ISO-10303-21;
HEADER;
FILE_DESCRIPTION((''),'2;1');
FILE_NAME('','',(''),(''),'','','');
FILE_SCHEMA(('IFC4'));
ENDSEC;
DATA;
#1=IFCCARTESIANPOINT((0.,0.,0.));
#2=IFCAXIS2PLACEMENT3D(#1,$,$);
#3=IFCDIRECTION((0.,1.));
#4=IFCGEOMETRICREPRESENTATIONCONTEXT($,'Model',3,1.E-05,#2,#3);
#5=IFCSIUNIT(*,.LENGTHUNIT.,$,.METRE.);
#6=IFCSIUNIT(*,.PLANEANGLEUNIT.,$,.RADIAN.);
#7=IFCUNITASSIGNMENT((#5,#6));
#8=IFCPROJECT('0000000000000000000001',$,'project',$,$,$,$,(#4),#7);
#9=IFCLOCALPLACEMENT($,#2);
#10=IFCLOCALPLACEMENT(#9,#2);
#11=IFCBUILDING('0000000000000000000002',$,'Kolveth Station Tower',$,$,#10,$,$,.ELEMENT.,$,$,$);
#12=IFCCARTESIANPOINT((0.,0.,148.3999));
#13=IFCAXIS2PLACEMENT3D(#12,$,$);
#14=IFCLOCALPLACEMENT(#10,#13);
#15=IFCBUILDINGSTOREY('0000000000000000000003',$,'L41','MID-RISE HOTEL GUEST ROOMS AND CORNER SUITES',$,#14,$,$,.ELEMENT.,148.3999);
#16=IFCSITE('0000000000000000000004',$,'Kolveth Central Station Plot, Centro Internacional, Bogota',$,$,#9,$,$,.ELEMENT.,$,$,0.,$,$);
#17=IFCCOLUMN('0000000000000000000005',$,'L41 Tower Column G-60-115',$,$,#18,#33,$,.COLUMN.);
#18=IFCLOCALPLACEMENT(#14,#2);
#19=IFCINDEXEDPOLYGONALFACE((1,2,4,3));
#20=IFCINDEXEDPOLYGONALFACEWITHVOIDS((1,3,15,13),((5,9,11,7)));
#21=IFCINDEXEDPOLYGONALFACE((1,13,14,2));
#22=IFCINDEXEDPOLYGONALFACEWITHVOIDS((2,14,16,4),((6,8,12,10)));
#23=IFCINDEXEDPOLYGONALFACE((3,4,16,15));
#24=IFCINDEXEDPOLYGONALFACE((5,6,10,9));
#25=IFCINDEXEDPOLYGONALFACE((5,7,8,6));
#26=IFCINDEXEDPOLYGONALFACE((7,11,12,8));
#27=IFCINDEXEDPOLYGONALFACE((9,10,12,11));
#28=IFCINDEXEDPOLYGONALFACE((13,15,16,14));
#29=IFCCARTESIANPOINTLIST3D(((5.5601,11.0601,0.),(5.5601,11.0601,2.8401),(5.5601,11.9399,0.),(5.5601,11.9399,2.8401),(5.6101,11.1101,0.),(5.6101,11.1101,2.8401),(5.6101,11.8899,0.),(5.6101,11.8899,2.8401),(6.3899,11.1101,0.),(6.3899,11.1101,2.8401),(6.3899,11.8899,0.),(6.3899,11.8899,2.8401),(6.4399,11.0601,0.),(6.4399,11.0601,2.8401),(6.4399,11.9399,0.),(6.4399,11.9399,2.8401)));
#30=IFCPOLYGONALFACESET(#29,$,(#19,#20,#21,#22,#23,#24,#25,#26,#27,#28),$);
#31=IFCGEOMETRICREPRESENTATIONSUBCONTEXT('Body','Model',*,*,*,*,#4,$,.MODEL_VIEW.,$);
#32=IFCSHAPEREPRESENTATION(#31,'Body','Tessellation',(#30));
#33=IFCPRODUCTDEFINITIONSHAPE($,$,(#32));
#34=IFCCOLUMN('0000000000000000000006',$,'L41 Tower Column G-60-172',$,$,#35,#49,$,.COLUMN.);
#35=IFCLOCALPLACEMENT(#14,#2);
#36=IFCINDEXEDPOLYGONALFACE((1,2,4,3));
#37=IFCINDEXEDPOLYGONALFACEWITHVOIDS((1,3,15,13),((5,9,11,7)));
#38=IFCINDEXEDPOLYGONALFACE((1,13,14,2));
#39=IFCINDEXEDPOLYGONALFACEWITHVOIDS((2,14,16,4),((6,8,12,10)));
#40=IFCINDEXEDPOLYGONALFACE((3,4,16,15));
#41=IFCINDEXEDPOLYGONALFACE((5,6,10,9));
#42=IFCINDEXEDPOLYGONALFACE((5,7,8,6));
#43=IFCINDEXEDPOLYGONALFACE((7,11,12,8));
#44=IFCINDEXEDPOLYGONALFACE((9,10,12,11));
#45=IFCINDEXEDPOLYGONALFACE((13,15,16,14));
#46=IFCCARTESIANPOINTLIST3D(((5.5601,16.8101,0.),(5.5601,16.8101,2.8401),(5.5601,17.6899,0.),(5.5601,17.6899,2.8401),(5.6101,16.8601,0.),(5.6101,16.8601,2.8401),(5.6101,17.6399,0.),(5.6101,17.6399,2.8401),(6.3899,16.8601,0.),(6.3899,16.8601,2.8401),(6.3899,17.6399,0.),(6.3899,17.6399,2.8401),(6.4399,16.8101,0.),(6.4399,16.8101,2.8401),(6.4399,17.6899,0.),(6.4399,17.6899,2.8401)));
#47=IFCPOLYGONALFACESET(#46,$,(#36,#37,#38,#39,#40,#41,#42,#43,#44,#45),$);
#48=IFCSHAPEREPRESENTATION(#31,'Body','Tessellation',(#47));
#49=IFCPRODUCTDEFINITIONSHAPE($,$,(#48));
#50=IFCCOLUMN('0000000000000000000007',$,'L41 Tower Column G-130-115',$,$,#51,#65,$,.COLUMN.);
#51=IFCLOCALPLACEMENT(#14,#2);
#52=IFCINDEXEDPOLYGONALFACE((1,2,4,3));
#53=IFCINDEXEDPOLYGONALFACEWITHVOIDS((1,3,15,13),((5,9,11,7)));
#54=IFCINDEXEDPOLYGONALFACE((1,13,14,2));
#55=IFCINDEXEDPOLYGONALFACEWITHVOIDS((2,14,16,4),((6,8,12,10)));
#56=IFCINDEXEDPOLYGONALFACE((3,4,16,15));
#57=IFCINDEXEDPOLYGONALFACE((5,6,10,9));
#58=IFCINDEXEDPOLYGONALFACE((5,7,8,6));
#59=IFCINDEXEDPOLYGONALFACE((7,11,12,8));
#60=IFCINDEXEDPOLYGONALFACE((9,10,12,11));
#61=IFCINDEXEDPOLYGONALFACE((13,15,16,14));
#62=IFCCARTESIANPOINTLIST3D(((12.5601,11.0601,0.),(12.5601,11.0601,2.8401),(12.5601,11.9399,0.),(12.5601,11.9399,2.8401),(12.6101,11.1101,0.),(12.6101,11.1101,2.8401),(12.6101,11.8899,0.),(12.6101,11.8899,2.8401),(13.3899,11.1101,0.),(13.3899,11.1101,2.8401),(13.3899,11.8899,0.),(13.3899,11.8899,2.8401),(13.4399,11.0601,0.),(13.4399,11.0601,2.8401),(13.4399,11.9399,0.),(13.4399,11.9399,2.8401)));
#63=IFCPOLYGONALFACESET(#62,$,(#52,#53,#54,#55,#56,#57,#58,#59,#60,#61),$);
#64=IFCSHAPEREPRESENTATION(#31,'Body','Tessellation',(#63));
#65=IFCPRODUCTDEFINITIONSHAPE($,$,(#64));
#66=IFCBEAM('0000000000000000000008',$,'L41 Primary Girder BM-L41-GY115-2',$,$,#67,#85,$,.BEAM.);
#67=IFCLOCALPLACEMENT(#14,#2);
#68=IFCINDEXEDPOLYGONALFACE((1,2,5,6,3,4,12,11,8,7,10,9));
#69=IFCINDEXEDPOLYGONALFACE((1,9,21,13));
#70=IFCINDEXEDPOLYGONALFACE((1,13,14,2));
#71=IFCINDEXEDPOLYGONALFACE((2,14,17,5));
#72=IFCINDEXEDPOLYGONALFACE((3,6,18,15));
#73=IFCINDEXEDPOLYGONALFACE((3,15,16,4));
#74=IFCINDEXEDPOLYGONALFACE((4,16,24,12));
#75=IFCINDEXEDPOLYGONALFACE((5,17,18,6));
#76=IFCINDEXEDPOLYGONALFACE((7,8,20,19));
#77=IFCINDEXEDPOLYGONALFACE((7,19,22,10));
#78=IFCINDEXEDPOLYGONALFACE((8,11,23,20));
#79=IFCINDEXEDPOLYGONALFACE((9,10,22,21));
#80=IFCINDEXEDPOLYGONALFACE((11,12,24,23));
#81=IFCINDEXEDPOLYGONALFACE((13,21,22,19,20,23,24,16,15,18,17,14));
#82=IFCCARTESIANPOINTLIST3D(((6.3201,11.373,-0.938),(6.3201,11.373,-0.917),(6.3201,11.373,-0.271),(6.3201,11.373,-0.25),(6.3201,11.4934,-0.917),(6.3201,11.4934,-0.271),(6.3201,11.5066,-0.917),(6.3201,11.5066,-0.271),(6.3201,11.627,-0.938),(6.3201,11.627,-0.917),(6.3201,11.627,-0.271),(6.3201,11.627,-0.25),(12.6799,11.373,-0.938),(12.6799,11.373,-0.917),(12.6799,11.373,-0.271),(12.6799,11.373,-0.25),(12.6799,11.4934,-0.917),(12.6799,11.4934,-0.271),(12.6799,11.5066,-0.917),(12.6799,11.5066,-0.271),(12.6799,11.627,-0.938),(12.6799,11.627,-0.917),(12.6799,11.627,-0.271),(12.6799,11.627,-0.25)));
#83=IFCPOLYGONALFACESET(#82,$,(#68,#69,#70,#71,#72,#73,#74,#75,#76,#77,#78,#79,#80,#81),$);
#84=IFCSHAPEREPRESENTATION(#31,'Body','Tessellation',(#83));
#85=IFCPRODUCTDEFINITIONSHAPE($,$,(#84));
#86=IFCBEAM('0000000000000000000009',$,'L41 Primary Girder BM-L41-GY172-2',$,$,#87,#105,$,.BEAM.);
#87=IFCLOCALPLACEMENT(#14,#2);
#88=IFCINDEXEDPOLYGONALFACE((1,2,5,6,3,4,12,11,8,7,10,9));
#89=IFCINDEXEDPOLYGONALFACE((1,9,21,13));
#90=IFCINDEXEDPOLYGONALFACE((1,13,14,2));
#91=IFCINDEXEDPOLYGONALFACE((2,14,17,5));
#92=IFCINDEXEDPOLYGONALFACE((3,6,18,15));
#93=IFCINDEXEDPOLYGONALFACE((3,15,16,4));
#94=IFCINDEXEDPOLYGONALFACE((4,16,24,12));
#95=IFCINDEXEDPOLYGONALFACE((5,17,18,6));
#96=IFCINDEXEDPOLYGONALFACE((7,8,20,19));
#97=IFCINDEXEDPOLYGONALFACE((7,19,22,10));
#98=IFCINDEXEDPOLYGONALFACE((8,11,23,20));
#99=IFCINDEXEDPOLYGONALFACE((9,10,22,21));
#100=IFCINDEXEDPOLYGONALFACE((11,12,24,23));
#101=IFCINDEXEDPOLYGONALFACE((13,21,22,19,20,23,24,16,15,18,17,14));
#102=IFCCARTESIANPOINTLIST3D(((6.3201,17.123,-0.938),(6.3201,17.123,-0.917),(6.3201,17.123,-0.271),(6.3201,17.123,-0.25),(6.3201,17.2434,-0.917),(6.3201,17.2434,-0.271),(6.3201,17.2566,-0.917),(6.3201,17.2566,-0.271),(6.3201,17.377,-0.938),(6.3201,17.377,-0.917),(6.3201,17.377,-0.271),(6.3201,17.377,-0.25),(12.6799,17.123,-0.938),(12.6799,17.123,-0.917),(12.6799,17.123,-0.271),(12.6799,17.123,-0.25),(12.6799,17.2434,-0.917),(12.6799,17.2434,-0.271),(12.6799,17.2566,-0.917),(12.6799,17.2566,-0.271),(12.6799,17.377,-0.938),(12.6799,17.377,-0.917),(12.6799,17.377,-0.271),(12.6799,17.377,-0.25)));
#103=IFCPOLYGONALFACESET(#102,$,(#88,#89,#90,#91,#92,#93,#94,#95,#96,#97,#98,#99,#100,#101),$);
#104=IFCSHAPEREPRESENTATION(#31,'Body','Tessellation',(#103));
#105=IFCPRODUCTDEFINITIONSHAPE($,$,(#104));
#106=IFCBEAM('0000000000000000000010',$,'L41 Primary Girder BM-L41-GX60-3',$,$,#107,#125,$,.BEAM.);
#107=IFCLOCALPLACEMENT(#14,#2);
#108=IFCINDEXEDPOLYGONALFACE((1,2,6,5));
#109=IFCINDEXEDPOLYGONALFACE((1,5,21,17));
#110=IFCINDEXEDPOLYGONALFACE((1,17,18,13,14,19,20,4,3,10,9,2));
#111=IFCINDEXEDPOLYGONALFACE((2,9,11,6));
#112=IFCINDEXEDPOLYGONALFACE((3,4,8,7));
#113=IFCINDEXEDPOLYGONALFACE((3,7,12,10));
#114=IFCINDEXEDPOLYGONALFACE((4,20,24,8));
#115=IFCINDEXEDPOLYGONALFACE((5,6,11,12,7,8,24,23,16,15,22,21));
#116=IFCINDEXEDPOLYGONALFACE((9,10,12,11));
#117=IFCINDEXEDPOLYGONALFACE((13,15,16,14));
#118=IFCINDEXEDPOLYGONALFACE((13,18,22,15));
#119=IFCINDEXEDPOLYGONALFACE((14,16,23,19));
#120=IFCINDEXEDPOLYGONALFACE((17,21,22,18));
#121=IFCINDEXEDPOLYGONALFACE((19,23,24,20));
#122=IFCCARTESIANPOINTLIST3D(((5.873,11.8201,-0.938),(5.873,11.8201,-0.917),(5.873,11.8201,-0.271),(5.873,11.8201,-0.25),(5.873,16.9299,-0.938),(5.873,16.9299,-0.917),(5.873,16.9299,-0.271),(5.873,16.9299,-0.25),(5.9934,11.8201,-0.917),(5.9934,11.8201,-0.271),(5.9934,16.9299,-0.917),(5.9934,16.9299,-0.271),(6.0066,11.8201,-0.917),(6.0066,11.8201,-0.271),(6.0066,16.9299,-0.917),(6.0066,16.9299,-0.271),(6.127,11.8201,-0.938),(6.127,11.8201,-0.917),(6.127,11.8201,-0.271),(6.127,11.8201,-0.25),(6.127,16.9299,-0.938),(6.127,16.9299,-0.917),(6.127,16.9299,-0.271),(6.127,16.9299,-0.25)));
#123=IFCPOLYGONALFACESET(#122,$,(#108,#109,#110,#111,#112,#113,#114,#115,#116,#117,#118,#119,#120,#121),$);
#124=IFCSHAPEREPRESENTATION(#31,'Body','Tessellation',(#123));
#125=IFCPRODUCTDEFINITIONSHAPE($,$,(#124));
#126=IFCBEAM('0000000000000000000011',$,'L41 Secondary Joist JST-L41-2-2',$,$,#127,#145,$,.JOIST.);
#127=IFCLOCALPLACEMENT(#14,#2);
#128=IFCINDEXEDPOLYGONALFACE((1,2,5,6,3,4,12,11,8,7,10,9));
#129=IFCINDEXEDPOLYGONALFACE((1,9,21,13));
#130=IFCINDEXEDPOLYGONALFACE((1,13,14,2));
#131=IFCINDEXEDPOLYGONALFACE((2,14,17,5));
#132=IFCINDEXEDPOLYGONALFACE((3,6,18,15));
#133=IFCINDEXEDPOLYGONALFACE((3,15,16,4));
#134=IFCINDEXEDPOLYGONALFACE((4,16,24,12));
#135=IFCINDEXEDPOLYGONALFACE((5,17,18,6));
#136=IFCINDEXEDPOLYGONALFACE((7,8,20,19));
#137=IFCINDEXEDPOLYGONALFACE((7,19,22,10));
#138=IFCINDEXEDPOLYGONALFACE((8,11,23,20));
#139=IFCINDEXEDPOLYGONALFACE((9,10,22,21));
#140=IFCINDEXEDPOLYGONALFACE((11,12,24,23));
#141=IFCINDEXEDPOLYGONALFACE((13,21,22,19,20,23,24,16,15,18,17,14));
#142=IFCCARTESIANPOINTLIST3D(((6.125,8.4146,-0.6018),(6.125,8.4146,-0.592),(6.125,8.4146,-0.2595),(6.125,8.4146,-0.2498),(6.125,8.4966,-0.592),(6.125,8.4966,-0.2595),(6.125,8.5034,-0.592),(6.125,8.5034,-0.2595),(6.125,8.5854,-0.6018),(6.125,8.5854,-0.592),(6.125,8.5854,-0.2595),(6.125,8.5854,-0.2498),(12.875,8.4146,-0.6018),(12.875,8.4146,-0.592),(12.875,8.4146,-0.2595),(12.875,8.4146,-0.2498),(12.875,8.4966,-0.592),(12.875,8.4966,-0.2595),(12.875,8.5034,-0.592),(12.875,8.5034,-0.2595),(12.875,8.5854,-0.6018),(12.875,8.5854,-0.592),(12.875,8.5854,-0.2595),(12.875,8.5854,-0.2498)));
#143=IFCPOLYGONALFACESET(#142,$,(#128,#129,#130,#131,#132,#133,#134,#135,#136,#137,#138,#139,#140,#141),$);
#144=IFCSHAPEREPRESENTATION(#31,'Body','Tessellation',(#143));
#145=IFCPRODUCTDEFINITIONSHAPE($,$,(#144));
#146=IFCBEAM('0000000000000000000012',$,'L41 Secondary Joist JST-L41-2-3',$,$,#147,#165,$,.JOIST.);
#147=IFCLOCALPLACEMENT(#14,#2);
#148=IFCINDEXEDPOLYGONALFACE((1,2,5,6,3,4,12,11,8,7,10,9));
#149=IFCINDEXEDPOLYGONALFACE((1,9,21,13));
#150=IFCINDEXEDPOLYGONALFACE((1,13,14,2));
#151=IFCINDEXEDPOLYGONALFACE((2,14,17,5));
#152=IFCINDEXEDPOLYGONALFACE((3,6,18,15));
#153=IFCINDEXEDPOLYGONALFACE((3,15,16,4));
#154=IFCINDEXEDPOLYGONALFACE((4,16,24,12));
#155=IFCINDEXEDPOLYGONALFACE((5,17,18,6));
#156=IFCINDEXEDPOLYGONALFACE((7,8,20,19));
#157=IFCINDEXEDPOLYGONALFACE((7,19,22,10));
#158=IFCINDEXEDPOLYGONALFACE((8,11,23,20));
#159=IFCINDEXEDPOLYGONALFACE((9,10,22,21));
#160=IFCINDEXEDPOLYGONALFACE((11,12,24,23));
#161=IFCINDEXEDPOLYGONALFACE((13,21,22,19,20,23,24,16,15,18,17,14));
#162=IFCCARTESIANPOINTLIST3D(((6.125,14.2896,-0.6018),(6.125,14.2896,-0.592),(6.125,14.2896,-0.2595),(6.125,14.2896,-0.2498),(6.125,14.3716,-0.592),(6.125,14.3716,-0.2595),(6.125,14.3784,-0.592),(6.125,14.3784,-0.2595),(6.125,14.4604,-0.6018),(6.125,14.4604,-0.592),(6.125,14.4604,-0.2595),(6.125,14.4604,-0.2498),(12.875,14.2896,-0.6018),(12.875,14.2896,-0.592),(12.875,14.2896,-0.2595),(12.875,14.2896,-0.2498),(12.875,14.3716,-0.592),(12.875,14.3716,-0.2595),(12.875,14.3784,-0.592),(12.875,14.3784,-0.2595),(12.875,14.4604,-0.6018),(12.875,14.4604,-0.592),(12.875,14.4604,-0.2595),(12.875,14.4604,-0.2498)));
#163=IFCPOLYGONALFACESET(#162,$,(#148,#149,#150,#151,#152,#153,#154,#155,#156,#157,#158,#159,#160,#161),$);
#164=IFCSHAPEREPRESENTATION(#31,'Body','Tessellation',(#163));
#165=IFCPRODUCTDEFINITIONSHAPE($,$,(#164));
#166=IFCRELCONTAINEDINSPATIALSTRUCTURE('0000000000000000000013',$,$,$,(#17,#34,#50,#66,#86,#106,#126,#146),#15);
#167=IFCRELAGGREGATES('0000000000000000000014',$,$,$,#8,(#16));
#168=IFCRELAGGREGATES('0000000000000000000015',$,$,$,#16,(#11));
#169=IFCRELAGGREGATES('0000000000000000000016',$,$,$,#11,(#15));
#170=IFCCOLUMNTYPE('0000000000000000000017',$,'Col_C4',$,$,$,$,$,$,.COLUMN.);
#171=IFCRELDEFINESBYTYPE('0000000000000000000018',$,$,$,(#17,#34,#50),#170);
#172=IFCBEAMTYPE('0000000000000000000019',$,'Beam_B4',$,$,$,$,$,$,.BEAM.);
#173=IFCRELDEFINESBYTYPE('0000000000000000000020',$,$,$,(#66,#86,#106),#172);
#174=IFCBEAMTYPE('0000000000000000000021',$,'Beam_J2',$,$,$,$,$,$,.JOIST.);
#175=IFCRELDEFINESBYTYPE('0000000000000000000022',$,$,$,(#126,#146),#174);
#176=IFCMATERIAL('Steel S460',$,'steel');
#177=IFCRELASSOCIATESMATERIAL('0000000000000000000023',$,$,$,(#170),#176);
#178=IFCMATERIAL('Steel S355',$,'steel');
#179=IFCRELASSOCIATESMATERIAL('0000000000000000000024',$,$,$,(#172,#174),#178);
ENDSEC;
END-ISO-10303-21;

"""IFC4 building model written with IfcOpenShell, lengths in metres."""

from ifc_helpers import new_model, si_unit, direction, frame, origin, origin_2d, place, context, subcontext, project, spatial, hollow_rectangle, i_section, extrude, source, transform, mapped, material, material_profile, profile_set, type_object, element, save


model = new_model("IFC4")

# Units and contexts
model_context = context("Model", 3, precision=1e-05, world=origin(), true_north=direction((0.0, 1.0)))
body_context = subcontext(model_context, "Body", "Model", "MODEL_VIEW")
ifc_project = project(units=[si_unit("LENGTHUNIT", "METRE"), si_unit("PLANEANGLEUNIT", "RADIAN")], contexts=[model_context])

# Site, building, storey
site_placement = place(None, origin())
site = spatial("IfcSite", under=ifc_project, at=site_placement, Name="Kolveth Central Station Plot, Centro Internacional, Bogota", CompositionType="ELEMENT", RefElevation=0.0)
building_placement = place(site_placement, origin())
building = spatial("IfcBuilding", under=site, at=building_placement, Name="Kolveth Station Tower", CompositionType="ELEMENT")
storey_placement = place(building_placement, frame((0.0, 0.0, 148.3999)))
storey = spatial("IfcBuildingStorey", under=building, at=storey_placement, Name="L41", Description="MID-RISE HOTEL GUEST ROOMS AND CORNER SUITES", CompositionType="ELEMENT", Elevation=148.3999)

# Columns
ifc_material_1 = material(Name="Steel S460", Category="steel")
ifc_material_profile_1 = material_profile(ifc_material_1, hollow_rectangle(XDim=0.8799, YDim=0.8799, WallThickness=0.05, at=origin_2d()), Name="BOX880x880x50")
ifc_profile_set_1 = profile_set([ifc_material_profile_1], Name="Steel S460")
column_type = type_object("IfcColumnType", Name="Col_C4", PredefinedType="COLUMN", material=ifc_profile_set_1)
shared_shape_1 = source(origin(), body_context, "Body", "SweptSolid", [
    extrude(hollow_rectangle(XDim=0.8799, YDim=0.8799, WallThickness=0.05, at=origin_2d()), origin(), (0.0, 0.0, 1.0), 2.8401),
])
for number, where, z_axis, x_axis, name in (
    (1, (6.0, 11.5, 0.0), (0.0, 0.0, 1.0), (1.0, 0.0, 0.0), "L41 Tower Column G-60-115"),
    (2, (6.0, 17.25, 0.0), (0.0, 0.0, 1.0), (1.0, 0.0, 0.0), "L41 Tower Column G-60-172"),
    (3, (13.0, 11.5, 0.0), (0.0, 0.0, 1.0), (1.0, 0.0, 0.0), "L41 Tower Column G-130-115"),
):
    element("IfcColumn", number, at=place(storey_placement, frame(where, z_axis=z_axis, x_axis=x_axis)), inside=storey, type_object=column_type, Name=name, PredefinedType="COLUMN", context=body_context, shape_type="MappedRepresentation", body=[
        mapped(shared_shape_1, transform((0.0, 0.0, 0.0), x_axis=(1.0, 0.0, 0.0), y_axis=(0.0, 1.0, 0.0), z_axis=(0.0, 0.0, 1.0), scale=1.0)),
    ])

# Beams
ifc_material_2 = material(Name="Steel S355", Category="steel")
ifc_material_profile_2 = material_profile(ifc_material_2, i_section(OverallWidth=0.2539, OverallDepth=0.688, WebThickness=0.0132, FlangeThickness=0.021, at=origin_2d()), Name="W690x152")
ifc_profile_set_2 = profile_set([ifc_material_profile_2], Name="Steel S355")
beam_type_1 = type_object("IfcBeamType", Name="Beam_B4", PredefinedType="BEAM", material=ifc_profile_set_2)
shared_shape_2 = source(origin(), body_context, "Body", "SweptSolid", [
    extrude(i_section(OverallWidth=0.2539, OverallDepth=0.688, WebThickness=0.0132, FlangeThickness=0.021, at=origin_2d()), origin(), (0.0, 0.0, 1.0), 6.3599),
])
for number, where, z_axis, x_axis, name in (
    (4, (6.3201, 11.5, -0.594), (1.0, 0.0, 0.0), (0.0, 1.0, 0.0), "L41 Primary Girder BM-L41-GY115-2"),
    (5, (6.3201, 17.25, -0.594), (1.0, 0.0, 0.0), (0.0, 1.0, 0.0), "L41 Primary Girder BM-L41-GY172-2"),
):
    element("IfcBeam", number, at=place(storey_placement, frame(where, z_axis=z_axis, x_axis=x_axis)), inside=storey, type_object=beam_type_1, Name=name, PredefinedType="BEAM", context=body_context, shape_type="MappedRepresentation", body=[
        mapped(shared_shape_2, transform((0.0, 0.0, 0.0), x_axis=(1.0, 0.0, 0.0), y_axis=(0.0, 1.0, 0.0), z_axis=(0.0, 0.0, 1.0), scale=1.0)),
    ])
shared_shape_3 = source(origin(), body_context, "Body", "SweptSolid", [
    extrude(i_section(OverallWidth=0.2539, OverallDepth=0.688, WebThickness=0.0132, FlangeThickness=0.021, at=origin_2d()), origin(), (0.0, 0.0, 1.0), 5.1099),
])
beam_placement = place(storey_placement, frame((6.0, 11.8201, -0.594), z_axis=(0.0, 1.0, 0.0), x_axis=(-1.0, 0.0, 0.0)))
element("IfcBeam", 6, at=beam_placement, inside=storey, type_object=beam_type_1, Name="L41 Primary Girder BM-L41-GX60-3", PredefinedType="BEAM", context=body_context, shape_type="MappedRepresentation", body=[
    mapped(shared_shape_3, transform((0.0, 0.0, 0.0), x_axis=(1.0, 0.0, 0.0), y_axis=(0.0, 1.0, 0.0), z_axis=(0.0, 0.0, 1.0), scale=1.0)),
])
ifc_material_profile_3 = material_profile(ifc_material_2, i_section(OverallWidth=0.1709, OverallDepth=0.3521, WebThickness=0.0068, FlangeThickness=0.0098, at=origin_2d()), Name="W360x44")
ifc_profile_set_3 = profile_set([ifc_material_profile_3], Name="Steel S355")
beam_type_2 = type_object("IfcBeamType", Name="Beam_J2", PredefinedType="JOIST", material=ifc_profile_set_3)
shared_shape_4 = source(origin(), body_context, "Body", "SweptSolid", [
    extrude(i_section(OverallWidth=0.1709, OverallDepth=0.3521, WebThickness=0.0068, FlangeThickness=0.0098, at=origin_2d()), origin(), (0.0, 0.0, 1.0), 6.75),
])
for number, where, z_axis, x_axis, name in (
    (7, (6.125, 8.5, -0.4258), (1.0, 0.0, 0.0), (0.0, 1.0, 0.0), "L41 Secondary Joist JST-L41-2-2"),
    (8, (6.125, 14.375, -0.4258), (1.0, 0.0, 0.0), (0.0, 1.0, 0.0), "L41 Secondary Joist JST-L41-2-3"),
):
    element("IfcBeam", number, at=place(storey_placement, frame(where, z_axis=z_axis, x_axis=x_axis)), inside=storey, type_object=beam_type_2, Name=name, PredefinedType="JOIST", context=body_context, shape_type="MappedRepresentation", body=[
        mapped(shared_shape_4, transform((0.0, 0.0, 0.0), x_axis=(1.0, 0.0, 0.0), y_axis=(0.0, 1.0, 0.0), z_axis=(0.0, 0.0, 1.0), scale=1.0)),
    ])

save(model, "model.ifc")
